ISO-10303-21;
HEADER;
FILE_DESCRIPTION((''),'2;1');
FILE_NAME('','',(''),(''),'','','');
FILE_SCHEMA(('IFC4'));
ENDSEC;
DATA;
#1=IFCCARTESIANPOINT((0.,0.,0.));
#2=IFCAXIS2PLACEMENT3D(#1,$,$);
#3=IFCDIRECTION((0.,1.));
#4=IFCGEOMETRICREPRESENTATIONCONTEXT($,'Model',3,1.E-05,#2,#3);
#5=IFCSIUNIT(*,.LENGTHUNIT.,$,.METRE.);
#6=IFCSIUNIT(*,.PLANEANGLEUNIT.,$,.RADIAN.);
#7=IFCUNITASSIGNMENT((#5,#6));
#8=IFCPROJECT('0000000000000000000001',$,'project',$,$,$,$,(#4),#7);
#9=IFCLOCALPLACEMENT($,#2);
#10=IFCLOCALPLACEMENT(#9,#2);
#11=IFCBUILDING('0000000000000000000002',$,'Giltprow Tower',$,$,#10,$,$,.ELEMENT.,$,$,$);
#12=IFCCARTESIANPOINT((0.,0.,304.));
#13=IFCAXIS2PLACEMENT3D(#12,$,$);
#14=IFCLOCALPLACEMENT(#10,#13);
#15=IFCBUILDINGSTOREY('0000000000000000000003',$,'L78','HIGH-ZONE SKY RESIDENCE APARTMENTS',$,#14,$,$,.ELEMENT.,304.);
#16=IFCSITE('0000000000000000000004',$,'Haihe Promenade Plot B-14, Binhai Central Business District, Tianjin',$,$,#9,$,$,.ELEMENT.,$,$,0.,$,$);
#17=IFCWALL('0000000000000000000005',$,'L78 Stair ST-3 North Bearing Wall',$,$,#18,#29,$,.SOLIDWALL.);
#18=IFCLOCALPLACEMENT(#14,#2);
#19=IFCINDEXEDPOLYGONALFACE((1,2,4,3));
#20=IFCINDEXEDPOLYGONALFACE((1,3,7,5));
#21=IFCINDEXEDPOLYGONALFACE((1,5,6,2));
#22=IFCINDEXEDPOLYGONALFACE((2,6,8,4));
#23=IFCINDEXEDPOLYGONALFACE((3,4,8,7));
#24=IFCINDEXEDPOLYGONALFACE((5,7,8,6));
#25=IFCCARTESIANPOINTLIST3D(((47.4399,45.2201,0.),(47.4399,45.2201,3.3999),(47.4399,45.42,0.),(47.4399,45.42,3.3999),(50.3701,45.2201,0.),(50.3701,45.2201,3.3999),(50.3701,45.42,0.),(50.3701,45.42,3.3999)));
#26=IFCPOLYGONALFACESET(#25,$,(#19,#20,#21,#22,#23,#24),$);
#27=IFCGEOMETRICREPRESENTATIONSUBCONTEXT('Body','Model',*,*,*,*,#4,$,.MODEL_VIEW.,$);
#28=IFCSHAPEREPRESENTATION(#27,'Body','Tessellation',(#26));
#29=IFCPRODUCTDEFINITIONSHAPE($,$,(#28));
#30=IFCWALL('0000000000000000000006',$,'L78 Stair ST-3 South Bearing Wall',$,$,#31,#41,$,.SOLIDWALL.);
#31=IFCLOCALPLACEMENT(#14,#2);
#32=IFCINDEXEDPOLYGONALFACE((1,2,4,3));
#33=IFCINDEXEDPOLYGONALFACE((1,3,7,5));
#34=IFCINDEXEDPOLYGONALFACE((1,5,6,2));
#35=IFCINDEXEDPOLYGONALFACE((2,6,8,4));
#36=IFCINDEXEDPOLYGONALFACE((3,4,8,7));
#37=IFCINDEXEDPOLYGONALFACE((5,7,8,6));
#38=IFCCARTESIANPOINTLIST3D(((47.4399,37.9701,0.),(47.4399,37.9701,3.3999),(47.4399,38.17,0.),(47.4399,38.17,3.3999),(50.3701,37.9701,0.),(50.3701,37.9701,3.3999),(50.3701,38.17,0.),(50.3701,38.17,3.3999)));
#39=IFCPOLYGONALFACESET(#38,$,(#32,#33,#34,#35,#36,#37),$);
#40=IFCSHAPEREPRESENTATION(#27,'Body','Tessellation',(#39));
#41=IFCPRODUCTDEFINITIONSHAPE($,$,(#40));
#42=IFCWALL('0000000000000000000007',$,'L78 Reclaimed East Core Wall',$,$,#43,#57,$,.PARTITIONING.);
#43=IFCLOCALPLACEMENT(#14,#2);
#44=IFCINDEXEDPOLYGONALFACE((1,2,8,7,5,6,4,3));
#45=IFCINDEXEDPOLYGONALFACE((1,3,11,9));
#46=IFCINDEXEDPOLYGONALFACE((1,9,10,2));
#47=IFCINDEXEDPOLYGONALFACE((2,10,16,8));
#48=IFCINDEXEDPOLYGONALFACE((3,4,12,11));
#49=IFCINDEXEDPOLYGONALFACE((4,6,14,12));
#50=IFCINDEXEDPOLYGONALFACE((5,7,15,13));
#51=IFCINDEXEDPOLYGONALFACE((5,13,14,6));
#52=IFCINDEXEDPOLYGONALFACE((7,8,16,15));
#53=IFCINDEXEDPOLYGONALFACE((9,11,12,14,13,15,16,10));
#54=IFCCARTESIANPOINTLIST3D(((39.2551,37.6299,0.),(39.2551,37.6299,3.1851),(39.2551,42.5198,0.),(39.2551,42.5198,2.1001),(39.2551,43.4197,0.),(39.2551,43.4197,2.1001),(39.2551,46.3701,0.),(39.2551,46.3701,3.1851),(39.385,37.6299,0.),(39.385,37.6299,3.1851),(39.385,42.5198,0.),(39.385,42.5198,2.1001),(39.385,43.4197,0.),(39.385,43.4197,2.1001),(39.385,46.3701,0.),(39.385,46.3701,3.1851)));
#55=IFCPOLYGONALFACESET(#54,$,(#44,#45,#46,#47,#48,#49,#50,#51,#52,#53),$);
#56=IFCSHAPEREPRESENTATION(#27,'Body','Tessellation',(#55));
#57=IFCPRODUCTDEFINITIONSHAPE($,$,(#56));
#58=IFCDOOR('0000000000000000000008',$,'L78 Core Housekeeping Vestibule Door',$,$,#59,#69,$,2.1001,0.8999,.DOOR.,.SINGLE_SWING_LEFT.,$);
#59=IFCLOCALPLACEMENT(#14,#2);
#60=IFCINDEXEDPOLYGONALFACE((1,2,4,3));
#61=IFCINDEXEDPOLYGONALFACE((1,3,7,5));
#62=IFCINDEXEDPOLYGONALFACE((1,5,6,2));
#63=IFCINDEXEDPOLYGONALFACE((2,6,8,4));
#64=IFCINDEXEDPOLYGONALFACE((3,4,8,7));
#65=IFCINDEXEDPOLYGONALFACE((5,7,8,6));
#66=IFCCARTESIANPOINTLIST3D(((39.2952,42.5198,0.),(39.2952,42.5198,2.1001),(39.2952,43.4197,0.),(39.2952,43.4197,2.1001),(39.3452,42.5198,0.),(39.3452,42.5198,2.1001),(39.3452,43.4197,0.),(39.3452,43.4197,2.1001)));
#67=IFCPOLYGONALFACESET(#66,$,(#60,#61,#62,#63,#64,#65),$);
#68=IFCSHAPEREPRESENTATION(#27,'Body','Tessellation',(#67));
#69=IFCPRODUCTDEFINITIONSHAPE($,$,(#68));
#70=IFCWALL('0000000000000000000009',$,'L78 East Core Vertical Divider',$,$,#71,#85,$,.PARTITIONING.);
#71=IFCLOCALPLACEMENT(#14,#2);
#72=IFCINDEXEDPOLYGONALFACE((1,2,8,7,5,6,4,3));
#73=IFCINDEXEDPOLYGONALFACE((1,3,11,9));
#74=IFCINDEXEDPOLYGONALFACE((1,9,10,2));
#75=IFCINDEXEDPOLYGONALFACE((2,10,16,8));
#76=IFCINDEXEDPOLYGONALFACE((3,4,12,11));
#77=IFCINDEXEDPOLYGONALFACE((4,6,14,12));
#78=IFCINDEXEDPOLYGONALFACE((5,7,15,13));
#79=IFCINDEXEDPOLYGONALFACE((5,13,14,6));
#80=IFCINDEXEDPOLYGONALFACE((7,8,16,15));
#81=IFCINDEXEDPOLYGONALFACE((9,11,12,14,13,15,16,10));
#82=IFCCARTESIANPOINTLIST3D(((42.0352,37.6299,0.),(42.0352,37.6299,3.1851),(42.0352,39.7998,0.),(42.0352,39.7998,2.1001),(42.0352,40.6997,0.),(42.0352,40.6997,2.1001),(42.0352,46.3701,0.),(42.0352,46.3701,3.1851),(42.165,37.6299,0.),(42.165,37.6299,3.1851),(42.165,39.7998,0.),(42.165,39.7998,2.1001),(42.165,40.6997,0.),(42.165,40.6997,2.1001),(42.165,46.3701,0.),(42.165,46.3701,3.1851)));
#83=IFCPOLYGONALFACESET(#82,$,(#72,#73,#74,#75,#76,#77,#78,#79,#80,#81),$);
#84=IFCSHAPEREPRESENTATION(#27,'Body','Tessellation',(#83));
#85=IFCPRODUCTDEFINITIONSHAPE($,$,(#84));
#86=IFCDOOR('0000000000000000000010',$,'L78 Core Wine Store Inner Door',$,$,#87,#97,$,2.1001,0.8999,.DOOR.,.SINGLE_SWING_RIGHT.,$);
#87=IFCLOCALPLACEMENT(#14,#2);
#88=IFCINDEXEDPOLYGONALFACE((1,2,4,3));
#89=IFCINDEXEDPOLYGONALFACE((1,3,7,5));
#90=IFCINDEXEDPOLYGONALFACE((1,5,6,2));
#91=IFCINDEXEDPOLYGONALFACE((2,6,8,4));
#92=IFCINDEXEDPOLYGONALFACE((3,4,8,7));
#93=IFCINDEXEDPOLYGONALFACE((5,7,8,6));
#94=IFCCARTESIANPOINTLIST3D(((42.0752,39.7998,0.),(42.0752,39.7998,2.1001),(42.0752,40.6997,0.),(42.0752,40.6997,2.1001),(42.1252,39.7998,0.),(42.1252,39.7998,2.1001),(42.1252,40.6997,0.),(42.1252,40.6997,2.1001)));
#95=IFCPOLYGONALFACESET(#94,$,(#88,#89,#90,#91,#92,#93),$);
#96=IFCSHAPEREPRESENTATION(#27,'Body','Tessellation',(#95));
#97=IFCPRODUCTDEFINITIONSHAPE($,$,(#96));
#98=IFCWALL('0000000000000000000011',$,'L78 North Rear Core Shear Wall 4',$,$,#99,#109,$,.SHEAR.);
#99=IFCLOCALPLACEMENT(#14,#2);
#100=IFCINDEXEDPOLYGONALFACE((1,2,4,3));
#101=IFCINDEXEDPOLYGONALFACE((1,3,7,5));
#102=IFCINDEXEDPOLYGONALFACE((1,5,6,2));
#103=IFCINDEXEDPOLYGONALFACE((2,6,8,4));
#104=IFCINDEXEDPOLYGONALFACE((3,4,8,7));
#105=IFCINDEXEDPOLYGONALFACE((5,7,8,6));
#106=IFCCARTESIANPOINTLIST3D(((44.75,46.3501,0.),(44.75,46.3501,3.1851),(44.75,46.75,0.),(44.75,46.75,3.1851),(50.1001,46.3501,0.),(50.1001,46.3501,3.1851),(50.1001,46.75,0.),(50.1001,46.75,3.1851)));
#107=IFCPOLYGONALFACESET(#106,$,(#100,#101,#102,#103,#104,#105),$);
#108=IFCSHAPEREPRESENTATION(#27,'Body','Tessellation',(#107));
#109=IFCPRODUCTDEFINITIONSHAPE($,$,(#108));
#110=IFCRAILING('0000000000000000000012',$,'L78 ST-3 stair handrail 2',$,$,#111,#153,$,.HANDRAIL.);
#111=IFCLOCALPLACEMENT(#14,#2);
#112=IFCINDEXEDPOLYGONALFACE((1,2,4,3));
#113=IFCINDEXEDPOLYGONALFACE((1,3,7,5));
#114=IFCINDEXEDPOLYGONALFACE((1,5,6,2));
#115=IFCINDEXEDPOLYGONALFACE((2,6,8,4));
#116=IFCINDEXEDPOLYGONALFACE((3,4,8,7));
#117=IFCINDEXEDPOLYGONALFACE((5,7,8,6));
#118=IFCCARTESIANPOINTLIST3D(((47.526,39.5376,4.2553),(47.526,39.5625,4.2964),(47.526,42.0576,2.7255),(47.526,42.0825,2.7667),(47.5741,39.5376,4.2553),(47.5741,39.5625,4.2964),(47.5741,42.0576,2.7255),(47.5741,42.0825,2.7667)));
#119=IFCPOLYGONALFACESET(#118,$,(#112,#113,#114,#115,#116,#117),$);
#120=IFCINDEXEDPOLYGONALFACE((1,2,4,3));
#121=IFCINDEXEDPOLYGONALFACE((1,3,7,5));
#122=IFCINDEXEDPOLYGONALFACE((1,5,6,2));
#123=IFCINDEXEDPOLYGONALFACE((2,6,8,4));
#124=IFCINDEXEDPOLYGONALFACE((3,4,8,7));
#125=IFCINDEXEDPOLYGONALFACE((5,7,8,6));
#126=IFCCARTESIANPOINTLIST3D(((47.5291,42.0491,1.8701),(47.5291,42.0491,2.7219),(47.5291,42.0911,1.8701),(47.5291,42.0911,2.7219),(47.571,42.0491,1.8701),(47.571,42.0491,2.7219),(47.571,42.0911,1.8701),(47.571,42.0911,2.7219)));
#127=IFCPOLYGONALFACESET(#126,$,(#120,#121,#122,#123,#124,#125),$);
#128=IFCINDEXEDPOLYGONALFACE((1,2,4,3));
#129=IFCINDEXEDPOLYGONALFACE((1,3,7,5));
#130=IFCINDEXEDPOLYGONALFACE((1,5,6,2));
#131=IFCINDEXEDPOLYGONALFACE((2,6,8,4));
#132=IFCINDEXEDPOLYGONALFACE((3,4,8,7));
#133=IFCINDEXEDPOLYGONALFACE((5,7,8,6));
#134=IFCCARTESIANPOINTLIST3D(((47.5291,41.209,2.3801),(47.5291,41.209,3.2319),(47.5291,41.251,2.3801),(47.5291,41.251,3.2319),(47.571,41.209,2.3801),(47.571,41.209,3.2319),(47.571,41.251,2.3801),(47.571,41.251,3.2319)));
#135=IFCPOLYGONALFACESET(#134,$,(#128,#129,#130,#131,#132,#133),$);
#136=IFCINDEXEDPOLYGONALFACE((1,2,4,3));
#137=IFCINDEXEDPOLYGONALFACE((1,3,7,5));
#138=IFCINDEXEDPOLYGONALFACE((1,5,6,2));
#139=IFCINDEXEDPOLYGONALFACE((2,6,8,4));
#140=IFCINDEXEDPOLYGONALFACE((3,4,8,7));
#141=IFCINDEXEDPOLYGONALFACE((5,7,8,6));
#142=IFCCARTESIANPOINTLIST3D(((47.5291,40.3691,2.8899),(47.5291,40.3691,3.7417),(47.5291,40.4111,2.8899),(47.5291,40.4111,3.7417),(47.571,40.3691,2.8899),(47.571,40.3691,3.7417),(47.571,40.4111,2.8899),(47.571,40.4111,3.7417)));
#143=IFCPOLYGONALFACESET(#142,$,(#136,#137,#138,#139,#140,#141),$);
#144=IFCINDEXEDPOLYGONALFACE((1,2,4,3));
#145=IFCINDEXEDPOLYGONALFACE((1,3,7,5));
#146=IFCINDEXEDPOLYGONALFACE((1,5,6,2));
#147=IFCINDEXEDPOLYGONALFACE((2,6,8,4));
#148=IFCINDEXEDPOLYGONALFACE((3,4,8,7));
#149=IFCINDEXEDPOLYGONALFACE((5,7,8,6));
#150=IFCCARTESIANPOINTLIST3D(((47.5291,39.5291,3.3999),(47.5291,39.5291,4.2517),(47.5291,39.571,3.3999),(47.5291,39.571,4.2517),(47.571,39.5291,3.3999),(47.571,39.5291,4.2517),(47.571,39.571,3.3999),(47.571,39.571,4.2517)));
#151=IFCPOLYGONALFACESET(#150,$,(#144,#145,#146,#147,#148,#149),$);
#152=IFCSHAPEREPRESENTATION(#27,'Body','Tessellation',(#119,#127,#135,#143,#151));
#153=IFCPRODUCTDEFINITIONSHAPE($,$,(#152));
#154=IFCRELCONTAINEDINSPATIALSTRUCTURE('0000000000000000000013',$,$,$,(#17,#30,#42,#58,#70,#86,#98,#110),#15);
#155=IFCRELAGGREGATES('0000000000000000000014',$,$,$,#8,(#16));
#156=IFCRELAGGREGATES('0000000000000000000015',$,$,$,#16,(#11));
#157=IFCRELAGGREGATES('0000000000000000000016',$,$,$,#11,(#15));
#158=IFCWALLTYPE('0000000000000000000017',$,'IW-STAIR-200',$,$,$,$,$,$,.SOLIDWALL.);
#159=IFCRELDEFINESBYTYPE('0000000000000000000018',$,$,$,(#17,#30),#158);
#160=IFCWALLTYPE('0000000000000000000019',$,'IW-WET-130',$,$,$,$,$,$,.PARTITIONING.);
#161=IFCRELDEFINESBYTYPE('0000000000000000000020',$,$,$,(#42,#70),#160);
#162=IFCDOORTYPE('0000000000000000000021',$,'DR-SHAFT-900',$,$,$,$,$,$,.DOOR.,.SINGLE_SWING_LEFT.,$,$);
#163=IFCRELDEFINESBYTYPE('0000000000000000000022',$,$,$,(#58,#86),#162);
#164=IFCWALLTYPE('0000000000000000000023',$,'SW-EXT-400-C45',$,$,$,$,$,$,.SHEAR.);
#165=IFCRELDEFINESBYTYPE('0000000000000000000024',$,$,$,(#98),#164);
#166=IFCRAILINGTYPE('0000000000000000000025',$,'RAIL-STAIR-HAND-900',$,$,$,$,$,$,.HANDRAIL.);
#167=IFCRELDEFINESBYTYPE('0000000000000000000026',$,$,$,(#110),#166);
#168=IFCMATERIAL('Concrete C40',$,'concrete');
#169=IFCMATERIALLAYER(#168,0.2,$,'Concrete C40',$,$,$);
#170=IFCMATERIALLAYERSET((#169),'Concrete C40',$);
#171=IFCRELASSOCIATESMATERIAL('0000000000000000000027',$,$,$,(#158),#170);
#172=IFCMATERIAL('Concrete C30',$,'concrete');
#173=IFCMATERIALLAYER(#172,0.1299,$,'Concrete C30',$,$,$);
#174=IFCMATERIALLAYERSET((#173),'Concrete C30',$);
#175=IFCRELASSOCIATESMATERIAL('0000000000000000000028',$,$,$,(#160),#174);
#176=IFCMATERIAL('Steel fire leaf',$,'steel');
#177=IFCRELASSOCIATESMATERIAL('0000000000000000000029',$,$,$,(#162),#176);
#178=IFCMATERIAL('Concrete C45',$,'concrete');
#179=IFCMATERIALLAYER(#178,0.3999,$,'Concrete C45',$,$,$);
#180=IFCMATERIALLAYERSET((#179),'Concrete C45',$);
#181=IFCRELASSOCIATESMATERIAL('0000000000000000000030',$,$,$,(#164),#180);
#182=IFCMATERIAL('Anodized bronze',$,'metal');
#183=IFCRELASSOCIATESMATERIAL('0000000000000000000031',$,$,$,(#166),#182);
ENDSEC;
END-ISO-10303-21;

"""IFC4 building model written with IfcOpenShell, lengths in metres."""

from ifc_helpers import new_model, si_unit, direction, frame, frame_2d, origin, origin_2d, place, context, subcontext, project, spatial, rectangle, extrude, source, transform, mapped, material, layer, layer_set, type_object, element, fill, save


model = new_model("IFC4")

# Units and contexts
model_context = context("Model", 3, precision=1e-05, world=origin(), true_north=direction((0.0, 1.0)))
body_context = subcontext(model_context, "Body", "Model", "MODEL_VIEW")
ifc_project = project(units=[si_unit("LENGTHUNIT", "METRE"), si_unit("PLANEANGLEUNIT", "RADIAN")], contexts=[model_context])

# Site, building, storey
site_placement = place(None, origin())
site = spatial("IfcSite", under=ifc_project, at=site_placement, Name="Haihe Promenade Plot B-14, Binhai Central Business District, Tianjin", CompositionType="ELEMENT", RefElevation=0.0)
building_placement = place(site_placement, origin())
building = spatial("IfcBuilding", under=site, at=building_placement, Name="Giltprow Tower", CompositionType="ELEMENT")
storey_placement = place(building_placement, frame((0.0, 0.0, 304.0)))
storey = spatial("IfcBuildingStorey", under=building, at=storey_placement, Name="L78", Description="HIGH-ZONE SKY RESIDENCE APARTMENTS", CompositionType="ELEMENT", Elevation=304.0)

# Shared definitions
ifc_material_1 = material(Name="Concrete C45", Category="concrete")

# Shared definitions
ifc_material_2 = material(Name="Concrete C40", Category="concrete")

# Shared definitions
ifc_layer_1 = layer(ifc_material_2, 0.2, Name="Concrete C40")
ifc_layer_set_1 = layer_set([ifc_layer_1], Name="Concrete C40")
wall_type_1 = type_object("IfcWallType", Name="IW-STAIR-200", PredefinedType="SOLIDWALL", material=ifc_layer_set_1)
ifc_material_3 = material(Name="Steel fire leaf", Category="steel")

# Walls
for number, where, z_axis, x_axis, name in (
    (1, (47.4399, 45.3201, 0.0), (0.0, 0.0, 1.0), (1.0, 0.0, 0.0), "L78 Stair ST-3 North Bearing Wall"),
    (2, (47.4399, 38.0701, 0.0), (0.0, 0.0, 1.0), (1.0, 0.0, 0.0), "L78 Stair ST-3 South Bearing Wall"),
):
    element("IfcWall", number, at=place(storey_placement, frame(where, z_axis=z_axis, x_axis=x_axis)), inside=storey, type_object=wall_type_1, Name=name, PredefinedType="SOLIDWALL", context=body_context, shape_type="SweptSolid", body=[
        extrude(rectangle(XDim=2.9302, YDim=0.2, at=frame_2d((1.4651, 0.0))), origin(), (0.0, 0.0, 1.0), 3.3999),
    ])

# Walls, openings, doors
ifc_material_4 = material(Name="Concrete C30", Category="concrete")
ifc_layer_2 = layer(ifc_material_4, 0.1299, Name="Concrete C30")
ifc_layer_set_2 = layer_set([ifc_layer_2], Name="Concrete C30")
wall_type_2 = type_object("IfcWallType", Name="IW-WET-130", PredefinedType="PARTITIONING", material=ifc_layer_set_2)
wall_1_placement = place(storey_placement, frame((39.3201, 37.6299, 0.0), z_axis=(0.0, 0.0, 1.0), x_axis=(0.0, 1.0, 0.0)))
wall_1 = element("IfcWall", 3, at=wall_1_placement, inside=storey, type_object=wall_type_2, Name="L78 Reclaimed East Core Wall", PredefinedType="PARTITIONING", context=body_context, shape_type="SweptSolid", body=[
    extrude(rectangle(XDim=8.7402, YDim=0.1299, at=frame_2d((4.3701, 0.0))), origin(), (0.0, 0.0, 1.0), 3.1851),
])
opening_1_placement = place(wall_1_placement, frame((4.8899, 0.0, 0.0)))
opening_1 = element("IfcOpeningElement", 4, at=opening_1_placement, cuts=wall_1, PredefinedType="OPENING", context=body_context, shape_type="SweptSolid", body=[
    extrude(rectangle(XDim=0.8999, YDim=2.1001, at=frame_2d((0.45, 1.05))), frame((0.0, 0.075, 0.0), z_axis=(0.0, -1.0, 0.0), x_axis=(1.0, 0.0, 0.0)), (0.0, 0.0, 1.0), 0.1499),
])
door_type_1 = type_object("IfcDoorType", Name="DR-SHAFT-900", OperationType="SINGLE_SWING_LEFT", PredefinedType="DOOR", material=ifc_material_3)
shared_shape_1 = source(origin(), body_context, "Body", "SweptSolid", [
    extrude(rectangle(XDim=0.8999, YDim=2.1001, at=frame_2d((0.45, 1.05))), frame((0.0, 0.0249, 0.0), z_axis=(0.0, -1.0, 0.0), x_axis=(1.0, 0.0, 0.0)), (0.0, 0.0, 1.0), 0.05),
])
door_1_placement = place(opening_1_placement, origin())
door_1 = element("IfcDoor", 5, at=door_1_placement, inside=storey, type_object=door_type_1, Name="L78 Core Housekeeping Vestibule Door", OperationType="SINGLE_SWING_LEFT", OverallHeight=2.1001, OverallWidth=0.8999, PredefinedType="DOOR", context=body_context, shape_type="MappedRepresentation", body=[
    mapped(shared_shape_1, transform((0.0, 0.0, 0.0), x_axis=(1.0, 0.0, 0.0), y_axis=(0.0, 1.0, 0.0), z_axis=(0.0, 0.0, 1.0), scale=1.0)),
])
fill(opening_1, door_1)
wall_2_placement = place(storey_placement, frame((42.1001, 37.6299, 0.0), z_axis=(0.0, 0.0, 1.0), x_axis=(0.0, 1.0, 0.0)))
wall_2 = element("IfcWall", 6, at=wall_2_placement, inside=storey, type_object=wall_type_2, Name="L78 East Core Vertical Divider", PredefinedType="PARTITIONING", context=body_context, shape_type="SweptSolid", body=[
    extrude(rectangle(XDim=8.7402, YDim=0.1299, at=frame_2d((4.3701, 0.0))), origin(), (0.0, 0.0, 1.0), 3.1851),
])
opening_2_placement = place(wall_2_placement, frame((2.1699, 0.0, 0.0)))
opening_2 = element("IfcOpeningElement", 7, at=opening_2_placement, cuts=wall_2, PredefinedType="OPENING", context=body_context, shape_type="SweptSolid", body=[
    extrude(rectangle(XDim=0.8999, YDim=2.1001, at=frame_2d((0.45, 1.05))), frame((0.0, 0.075, 0.0), z_axis=(0.0, -1.0, 0.0), x_axis=(1.0, 0.0, 0.0)), (0.0, 0.0, 1.0), 0.1499),
])
door_2_placement = place(opening_2_placement, origin())
door_2 = element("IfcDoor", 8, at=door_2_placement, inside=storey, type_object=door_type_1, Name="L78 Core Wine Store Inner Door", OperationType="SINGLE_SWING_RIGHT", OverallHeight=2.1001, OverallWidth=0.8999, PredefinedType="DOOR", context=body_context, shape_type="MappedRepresentation", body=[
    mapped(shared_shape_1, transform((0.0, 0.0, 0.0), x_axis=(1.0, 0.0, 0.0), y_axis=(0.0, 1.0, 0.0), z_axis=(0.0, 0.0, 1.0), scale=1.0)),
])
fill(opening_2, door_2)

# Wall
ifc_layer_3 = layer(ifc_material_1, 0.3999, Name="Concrete C45")
ifc_layer_set_3 = layer_set([ifc_layer_3], Name="Concrete C45")
wall_type_3 = type_object("IfcWallType", Name="SW-EXT-400-C45", PredefinedType="SHEAR", material=ifc_layer_set_3)
wall_3_placement = place(storey_placement, frame((44.75, 46.55, 0.0), z_axis=(0.0, 0.0, 1.0), x_axis=(1.0, 0.0, 0.0)))
element("IfcWall", 9, at=wall_3_placement, inside=storey, type_object=wall_type_3, Name="L78 North Rear Core Shear Wall 4", PredefinedType="SHEAR", context=body_context, shape_type="SweptSolid", body=[
    extrude(rectangle(XDim=5.3501, YDim=0.3999, at=frame_2d((2.675, 0.0))), origin(), (0.0, 0.0, 1.0), 3.1851),
])

# Railing
ifc_material_5 = material(Name="Anodized bronze", Category="metal")
railing_type = type_object("IfcRailingType", Name="RAIL-STAIR-HAND-900", PredefinedType="HANDRAIL", material=ifc_material_5)
railing_placement = place(storey_placement, frame((47.55, 42.0701, 1.8701)))
element("IfcRailing", 10, at=railing_placement, inside=storey, type_object=railing_type, Name="L78 ST-3 stair handrail 2", PredefinedType="HANDRAIL", context=body_context, shape_type="SweptSolid", body=[
    extrude(rectangle(XDim=0.0481, YDim=0.0481, at=origin_2d()), frame((0.0, 0.0, 0.876), z_axis=(0.0, -0.854822, 0.518922), x_axis=(1.0, 0.0, 0.0)), (0.0, 0.0, 1.0), 2.948),
    extrude(rectangle(XDim=0.042, YDim=0.042, at=origin_2d()), origin(), (0.0, 0.0, 1.0), 0.8518),
    extrude(rectangle(XDim=0.042, YDim=0.042, at=origin_2d()), frame((0.0, -0.8401, 0.51)), (0.0, 0.0, 1.0), 0.8518),
    extrude(rectangle(XDim=0.042, YDim=0.042, at=origin_2d()), frame((0.0, -1.6799, 1.0198)), (0.0, 0.0, 1.0), 0.8518),
    extrude(rectangle(XDim=0.042, YDim=0.042, at=origin_2d()), frame((0.0, -2.52, 1.5298)), (0.0, 0.0, 1.0), 0.8518),
])

save(model, "model.ifc")
